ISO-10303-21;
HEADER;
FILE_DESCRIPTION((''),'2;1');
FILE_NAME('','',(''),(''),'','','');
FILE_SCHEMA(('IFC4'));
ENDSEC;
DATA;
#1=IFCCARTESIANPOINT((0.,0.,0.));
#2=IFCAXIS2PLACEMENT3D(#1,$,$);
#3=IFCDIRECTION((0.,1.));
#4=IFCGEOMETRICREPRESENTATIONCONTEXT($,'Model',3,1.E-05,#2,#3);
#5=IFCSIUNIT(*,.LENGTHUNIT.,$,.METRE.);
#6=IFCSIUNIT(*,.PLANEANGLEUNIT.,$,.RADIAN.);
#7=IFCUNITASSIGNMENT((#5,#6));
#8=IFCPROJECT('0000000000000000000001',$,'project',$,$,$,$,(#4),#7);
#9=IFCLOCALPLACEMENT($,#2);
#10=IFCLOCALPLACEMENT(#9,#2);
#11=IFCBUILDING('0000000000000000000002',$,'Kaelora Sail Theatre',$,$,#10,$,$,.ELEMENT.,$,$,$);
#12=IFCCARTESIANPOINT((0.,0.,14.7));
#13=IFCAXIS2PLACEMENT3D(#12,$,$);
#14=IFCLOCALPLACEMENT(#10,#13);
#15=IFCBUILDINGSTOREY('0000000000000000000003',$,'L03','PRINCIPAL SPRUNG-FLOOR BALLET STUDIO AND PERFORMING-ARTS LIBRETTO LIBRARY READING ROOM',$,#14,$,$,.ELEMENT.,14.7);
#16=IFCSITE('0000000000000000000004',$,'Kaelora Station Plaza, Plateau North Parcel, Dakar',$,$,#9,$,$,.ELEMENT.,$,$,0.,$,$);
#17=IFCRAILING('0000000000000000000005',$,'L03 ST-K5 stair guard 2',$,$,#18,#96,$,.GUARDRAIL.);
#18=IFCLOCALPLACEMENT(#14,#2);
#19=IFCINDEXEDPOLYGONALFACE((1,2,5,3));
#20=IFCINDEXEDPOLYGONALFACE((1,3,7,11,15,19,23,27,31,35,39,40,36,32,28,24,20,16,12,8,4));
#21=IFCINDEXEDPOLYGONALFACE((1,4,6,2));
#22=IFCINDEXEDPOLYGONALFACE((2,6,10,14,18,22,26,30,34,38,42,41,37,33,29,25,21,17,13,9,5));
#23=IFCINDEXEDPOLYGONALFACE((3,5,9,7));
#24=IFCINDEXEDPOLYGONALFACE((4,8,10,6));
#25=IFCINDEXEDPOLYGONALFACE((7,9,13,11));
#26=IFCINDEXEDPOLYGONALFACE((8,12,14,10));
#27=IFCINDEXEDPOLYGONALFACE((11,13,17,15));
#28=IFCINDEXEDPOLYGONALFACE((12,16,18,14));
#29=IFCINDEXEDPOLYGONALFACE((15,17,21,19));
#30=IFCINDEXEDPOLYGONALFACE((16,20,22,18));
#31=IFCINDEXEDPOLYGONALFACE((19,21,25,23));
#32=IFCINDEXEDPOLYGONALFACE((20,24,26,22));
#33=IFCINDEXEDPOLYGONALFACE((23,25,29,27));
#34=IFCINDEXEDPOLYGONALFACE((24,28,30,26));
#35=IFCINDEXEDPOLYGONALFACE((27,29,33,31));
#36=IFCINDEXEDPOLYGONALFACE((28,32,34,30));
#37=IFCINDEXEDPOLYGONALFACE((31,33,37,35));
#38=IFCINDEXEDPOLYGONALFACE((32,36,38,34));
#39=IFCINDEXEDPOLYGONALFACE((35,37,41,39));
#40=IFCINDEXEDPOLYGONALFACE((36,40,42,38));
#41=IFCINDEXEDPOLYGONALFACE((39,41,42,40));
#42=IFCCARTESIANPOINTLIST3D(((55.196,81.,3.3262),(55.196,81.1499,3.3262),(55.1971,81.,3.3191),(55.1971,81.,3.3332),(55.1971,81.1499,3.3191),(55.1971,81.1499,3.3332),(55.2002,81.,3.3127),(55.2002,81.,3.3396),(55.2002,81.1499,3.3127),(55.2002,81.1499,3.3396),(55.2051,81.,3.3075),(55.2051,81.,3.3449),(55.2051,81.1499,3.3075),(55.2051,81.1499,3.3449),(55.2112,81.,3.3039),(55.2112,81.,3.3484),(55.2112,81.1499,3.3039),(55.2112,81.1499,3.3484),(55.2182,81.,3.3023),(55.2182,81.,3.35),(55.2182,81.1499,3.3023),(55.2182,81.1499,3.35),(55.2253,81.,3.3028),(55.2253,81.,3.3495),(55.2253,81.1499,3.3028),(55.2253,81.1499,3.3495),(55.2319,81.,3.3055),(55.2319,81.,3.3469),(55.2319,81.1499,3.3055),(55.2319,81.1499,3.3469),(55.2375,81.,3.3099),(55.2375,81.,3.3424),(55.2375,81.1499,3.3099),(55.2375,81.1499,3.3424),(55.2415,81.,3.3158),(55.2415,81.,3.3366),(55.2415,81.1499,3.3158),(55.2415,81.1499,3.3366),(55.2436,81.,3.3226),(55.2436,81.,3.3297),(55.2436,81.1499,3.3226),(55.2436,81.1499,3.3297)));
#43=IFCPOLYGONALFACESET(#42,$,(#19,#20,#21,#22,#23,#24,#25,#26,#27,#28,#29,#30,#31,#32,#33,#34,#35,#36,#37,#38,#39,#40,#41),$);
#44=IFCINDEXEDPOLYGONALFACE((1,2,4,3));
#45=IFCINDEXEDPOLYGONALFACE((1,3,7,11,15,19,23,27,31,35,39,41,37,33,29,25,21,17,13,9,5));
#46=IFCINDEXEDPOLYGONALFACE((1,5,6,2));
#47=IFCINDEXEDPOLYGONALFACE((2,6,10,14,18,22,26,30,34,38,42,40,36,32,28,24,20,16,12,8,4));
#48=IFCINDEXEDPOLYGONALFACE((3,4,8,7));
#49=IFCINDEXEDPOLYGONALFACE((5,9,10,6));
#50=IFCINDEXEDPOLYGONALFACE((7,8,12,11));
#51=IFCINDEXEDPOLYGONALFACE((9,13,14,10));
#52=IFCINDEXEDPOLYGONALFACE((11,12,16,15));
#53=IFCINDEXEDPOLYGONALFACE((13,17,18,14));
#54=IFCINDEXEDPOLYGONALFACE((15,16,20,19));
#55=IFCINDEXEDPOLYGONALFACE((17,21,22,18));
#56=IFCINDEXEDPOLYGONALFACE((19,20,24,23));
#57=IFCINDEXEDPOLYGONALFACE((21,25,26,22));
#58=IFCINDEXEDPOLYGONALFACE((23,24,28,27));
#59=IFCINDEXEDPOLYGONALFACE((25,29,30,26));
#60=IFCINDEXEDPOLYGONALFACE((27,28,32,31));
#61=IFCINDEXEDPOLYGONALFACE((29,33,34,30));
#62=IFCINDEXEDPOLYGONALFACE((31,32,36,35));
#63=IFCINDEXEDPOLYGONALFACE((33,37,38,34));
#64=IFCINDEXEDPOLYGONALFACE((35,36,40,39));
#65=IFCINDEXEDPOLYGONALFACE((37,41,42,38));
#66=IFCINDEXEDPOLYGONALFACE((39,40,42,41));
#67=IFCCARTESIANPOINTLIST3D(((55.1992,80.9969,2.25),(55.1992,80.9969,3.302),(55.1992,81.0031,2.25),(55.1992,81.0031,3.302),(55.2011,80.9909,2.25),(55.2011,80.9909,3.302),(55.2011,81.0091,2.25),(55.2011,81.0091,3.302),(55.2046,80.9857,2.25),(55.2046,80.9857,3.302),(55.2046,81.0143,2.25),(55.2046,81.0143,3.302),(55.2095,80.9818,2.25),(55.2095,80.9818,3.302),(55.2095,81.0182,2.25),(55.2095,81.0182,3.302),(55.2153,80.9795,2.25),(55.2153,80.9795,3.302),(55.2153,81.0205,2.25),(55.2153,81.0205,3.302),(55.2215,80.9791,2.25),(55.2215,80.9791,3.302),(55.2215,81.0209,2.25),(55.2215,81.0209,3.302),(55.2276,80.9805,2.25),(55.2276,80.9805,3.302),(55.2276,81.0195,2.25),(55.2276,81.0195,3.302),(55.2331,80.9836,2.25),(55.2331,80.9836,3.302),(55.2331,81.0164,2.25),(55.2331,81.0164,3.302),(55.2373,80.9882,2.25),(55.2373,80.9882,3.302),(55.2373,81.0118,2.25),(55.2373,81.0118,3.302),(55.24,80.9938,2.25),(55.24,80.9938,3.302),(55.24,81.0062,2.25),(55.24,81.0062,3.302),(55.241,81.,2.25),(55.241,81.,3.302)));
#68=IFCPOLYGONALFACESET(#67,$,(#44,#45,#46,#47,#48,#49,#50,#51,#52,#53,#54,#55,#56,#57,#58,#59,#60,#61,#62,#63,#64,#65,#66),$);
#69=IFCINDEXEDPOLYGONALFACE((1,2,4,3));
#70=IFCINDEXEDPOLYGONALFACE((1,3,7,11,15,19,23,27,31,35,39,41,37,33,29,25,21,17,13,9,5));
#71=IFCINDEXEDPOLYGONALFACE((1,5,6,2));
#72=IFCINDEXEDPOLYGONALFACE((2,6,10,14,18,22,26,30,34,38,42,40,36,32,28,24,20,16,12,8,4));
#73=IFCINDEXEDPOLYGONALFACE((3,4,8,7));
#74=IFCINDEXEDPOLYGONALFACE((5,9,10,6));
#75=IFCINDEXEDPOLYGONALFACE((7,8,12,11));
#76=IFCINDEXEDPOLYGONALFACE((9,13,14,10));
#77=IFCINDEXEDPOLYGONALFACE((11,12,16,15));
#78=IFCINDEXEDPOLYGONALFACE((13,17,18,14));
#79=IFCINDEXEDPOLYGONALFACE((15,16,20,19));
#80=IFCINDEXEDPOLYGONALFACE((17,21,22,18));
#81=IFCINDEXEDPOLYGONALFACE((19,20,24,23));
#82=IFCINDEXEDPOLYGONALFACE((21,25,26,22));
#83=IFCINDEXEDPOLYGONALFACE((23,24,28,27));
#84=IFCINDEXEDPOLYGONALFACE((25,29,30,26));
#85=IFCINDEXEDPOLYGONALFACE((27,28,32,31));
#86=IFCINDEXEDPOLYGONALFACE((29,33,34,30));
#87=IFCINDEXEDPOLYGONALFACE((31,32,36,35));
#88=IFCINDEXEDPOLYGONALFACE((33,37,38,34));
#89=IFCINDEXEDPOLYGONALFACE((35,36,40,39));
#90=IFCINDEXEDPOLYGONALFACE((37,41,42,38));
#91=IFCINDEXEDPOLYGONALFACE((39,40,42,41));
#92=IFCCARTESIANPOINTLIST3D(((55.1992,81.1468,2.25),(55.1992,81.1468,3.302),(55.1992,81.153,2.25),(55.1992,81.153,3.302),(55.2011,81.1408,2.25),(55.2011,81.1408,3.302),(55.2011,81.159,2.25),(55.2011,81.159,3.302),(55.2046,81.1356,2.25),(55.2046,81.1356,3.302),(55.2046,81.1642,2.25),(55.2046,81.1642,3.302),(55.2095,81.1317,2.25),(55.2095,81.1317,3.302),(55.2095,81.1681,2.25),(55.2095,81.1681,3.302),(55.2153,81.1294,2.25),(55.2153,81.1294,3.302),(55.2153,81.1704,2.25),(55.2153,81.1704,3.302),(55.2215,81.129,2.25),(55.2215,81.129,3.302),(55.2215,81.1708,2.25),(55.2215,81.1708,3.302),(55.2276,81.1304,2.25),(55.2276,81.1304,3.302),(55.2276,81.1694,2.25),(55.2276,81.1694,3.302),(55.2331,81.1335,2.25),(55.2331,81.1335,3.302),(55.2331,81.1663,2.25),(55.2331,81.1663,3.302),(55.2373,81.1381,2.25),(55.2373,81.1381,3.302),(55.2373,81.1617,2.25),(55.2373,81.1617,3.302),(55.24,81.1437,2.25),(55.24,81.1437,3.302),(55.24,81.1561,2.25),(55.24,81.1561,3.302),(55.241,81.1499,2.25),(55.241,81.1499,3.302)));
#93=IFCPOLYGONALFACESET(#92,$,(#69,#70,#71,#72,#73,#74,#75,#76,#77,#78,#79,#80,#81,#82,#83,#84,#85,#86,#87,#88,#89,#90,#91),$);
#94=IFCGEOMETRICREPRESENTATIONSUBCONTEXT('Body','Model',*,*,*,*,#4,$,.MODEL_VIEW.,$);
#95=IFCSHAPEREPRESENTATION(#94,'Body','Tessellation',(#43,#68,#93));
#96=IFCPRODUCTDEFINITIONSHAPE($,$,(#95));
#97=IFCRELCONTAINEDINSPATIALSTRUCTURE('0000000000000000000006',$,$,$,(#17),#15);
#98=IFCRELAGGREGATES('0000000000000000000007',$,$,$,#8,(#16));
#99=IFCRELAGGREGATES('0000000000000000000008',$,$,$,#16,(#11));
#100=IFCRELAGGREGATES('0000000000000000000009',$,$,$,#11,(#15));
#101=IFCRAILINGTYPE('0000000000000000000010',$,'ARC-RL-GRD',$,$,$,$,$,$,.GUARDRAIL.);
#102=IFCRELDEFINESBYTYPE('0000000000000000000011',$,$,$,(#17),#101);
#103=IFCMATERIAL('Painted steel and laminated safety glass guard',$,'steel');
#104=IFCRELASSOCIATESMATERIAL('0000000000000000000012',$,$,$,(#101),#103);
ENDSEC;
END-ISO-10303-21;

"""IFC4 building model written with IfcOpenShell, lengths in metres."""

from ifc_helpers import new_model, si_unit, direction, frame, origin, origin_2d, place, context, subcontext, project, spatial, circle, extrude, material, type_object, element, save


model = new_model("IFC4")

# Units and contexts
model_context = context("Model", 3, precision=1e-05, world=origin(), true_north=direction((0.0, 1.0)))
body_context = subcontext(model_context, "Body", "Model", "MODEL_VIEW")
ifc_project = project(units=[si_unit("LENGTHUNIT", "METRE"), si_unit("PLANEANGLEUNIT", "RADIAN")], contexts=[model_context])

# Site, building, storey
site_placement = place(None, origin())
site = spatial("IfcSite", under=ifc_project, at=site_placement, Name="Kaelora Station Plaza, Plateau North Parcel, Dakar", CompositionType="ELEMENT", RefElevation=0.0)
building_placement = place(site_placement, origin())
building = spatial("IfcBuilding", under=site, at=building_placement, Name="Kaelora Sail Theatre", CompositionType="ELEMENT")
storey_placement = place(building_placement, frame((0.0, 0.0, 14.7)))
storey = spatial("IfcBuildingStorey", under=building, at=storey_placement, Name="L03", Description="PRINCIPAL SPRUNG-FLOOR BALLET STUDIO AND PERFORMING-ARTS LIBRETTO LIBRARY READING ROOM", CompositionType="ELEMENT", Elevation=14.7)

# Railing
ifc_material_1 = material(Name="Painted steel and laminated safety glass guard", Category="steel")
railing_type_1 = type_object("IfcRailingType", Name="ARC-RL-GRD", PredefinedType="GUARDRAIL", material=ifc_material_1)
railing_1_placement = place(storey_placement, frame((55.22, 81.0, 2.25)))
element("IfcRailing", 1, at=railing_1_placement, inside=storey, type_object=railing_type_1, Name="L03 ST-K5 stair guard 2", PredefinedType="GUARDRAIL", context=body_context, shape_type="SweptSolid", body=[
    extrude(circle(Radius=0.0239, at=origin_2d()), frame((0.0, 0.0, 1.0762), z_axis=(0.0, 1.0, 0.0), x_axis=(-1.0, 0.0, 0.0)), (0.0, 0.0, 1.0), 0.1499),
    extrude(circle(Radius=0.021, at=origin_2d()), origin(), (0.0, 0.0, 1.0), 1.052),
    extrude(circle(Radius=0.021, at=origin_2d()), frame((0.0, 0.1499, 0.0)), (0.0, 0.0, 1.0), 1.052),
])

save(model, "model.ifc")
